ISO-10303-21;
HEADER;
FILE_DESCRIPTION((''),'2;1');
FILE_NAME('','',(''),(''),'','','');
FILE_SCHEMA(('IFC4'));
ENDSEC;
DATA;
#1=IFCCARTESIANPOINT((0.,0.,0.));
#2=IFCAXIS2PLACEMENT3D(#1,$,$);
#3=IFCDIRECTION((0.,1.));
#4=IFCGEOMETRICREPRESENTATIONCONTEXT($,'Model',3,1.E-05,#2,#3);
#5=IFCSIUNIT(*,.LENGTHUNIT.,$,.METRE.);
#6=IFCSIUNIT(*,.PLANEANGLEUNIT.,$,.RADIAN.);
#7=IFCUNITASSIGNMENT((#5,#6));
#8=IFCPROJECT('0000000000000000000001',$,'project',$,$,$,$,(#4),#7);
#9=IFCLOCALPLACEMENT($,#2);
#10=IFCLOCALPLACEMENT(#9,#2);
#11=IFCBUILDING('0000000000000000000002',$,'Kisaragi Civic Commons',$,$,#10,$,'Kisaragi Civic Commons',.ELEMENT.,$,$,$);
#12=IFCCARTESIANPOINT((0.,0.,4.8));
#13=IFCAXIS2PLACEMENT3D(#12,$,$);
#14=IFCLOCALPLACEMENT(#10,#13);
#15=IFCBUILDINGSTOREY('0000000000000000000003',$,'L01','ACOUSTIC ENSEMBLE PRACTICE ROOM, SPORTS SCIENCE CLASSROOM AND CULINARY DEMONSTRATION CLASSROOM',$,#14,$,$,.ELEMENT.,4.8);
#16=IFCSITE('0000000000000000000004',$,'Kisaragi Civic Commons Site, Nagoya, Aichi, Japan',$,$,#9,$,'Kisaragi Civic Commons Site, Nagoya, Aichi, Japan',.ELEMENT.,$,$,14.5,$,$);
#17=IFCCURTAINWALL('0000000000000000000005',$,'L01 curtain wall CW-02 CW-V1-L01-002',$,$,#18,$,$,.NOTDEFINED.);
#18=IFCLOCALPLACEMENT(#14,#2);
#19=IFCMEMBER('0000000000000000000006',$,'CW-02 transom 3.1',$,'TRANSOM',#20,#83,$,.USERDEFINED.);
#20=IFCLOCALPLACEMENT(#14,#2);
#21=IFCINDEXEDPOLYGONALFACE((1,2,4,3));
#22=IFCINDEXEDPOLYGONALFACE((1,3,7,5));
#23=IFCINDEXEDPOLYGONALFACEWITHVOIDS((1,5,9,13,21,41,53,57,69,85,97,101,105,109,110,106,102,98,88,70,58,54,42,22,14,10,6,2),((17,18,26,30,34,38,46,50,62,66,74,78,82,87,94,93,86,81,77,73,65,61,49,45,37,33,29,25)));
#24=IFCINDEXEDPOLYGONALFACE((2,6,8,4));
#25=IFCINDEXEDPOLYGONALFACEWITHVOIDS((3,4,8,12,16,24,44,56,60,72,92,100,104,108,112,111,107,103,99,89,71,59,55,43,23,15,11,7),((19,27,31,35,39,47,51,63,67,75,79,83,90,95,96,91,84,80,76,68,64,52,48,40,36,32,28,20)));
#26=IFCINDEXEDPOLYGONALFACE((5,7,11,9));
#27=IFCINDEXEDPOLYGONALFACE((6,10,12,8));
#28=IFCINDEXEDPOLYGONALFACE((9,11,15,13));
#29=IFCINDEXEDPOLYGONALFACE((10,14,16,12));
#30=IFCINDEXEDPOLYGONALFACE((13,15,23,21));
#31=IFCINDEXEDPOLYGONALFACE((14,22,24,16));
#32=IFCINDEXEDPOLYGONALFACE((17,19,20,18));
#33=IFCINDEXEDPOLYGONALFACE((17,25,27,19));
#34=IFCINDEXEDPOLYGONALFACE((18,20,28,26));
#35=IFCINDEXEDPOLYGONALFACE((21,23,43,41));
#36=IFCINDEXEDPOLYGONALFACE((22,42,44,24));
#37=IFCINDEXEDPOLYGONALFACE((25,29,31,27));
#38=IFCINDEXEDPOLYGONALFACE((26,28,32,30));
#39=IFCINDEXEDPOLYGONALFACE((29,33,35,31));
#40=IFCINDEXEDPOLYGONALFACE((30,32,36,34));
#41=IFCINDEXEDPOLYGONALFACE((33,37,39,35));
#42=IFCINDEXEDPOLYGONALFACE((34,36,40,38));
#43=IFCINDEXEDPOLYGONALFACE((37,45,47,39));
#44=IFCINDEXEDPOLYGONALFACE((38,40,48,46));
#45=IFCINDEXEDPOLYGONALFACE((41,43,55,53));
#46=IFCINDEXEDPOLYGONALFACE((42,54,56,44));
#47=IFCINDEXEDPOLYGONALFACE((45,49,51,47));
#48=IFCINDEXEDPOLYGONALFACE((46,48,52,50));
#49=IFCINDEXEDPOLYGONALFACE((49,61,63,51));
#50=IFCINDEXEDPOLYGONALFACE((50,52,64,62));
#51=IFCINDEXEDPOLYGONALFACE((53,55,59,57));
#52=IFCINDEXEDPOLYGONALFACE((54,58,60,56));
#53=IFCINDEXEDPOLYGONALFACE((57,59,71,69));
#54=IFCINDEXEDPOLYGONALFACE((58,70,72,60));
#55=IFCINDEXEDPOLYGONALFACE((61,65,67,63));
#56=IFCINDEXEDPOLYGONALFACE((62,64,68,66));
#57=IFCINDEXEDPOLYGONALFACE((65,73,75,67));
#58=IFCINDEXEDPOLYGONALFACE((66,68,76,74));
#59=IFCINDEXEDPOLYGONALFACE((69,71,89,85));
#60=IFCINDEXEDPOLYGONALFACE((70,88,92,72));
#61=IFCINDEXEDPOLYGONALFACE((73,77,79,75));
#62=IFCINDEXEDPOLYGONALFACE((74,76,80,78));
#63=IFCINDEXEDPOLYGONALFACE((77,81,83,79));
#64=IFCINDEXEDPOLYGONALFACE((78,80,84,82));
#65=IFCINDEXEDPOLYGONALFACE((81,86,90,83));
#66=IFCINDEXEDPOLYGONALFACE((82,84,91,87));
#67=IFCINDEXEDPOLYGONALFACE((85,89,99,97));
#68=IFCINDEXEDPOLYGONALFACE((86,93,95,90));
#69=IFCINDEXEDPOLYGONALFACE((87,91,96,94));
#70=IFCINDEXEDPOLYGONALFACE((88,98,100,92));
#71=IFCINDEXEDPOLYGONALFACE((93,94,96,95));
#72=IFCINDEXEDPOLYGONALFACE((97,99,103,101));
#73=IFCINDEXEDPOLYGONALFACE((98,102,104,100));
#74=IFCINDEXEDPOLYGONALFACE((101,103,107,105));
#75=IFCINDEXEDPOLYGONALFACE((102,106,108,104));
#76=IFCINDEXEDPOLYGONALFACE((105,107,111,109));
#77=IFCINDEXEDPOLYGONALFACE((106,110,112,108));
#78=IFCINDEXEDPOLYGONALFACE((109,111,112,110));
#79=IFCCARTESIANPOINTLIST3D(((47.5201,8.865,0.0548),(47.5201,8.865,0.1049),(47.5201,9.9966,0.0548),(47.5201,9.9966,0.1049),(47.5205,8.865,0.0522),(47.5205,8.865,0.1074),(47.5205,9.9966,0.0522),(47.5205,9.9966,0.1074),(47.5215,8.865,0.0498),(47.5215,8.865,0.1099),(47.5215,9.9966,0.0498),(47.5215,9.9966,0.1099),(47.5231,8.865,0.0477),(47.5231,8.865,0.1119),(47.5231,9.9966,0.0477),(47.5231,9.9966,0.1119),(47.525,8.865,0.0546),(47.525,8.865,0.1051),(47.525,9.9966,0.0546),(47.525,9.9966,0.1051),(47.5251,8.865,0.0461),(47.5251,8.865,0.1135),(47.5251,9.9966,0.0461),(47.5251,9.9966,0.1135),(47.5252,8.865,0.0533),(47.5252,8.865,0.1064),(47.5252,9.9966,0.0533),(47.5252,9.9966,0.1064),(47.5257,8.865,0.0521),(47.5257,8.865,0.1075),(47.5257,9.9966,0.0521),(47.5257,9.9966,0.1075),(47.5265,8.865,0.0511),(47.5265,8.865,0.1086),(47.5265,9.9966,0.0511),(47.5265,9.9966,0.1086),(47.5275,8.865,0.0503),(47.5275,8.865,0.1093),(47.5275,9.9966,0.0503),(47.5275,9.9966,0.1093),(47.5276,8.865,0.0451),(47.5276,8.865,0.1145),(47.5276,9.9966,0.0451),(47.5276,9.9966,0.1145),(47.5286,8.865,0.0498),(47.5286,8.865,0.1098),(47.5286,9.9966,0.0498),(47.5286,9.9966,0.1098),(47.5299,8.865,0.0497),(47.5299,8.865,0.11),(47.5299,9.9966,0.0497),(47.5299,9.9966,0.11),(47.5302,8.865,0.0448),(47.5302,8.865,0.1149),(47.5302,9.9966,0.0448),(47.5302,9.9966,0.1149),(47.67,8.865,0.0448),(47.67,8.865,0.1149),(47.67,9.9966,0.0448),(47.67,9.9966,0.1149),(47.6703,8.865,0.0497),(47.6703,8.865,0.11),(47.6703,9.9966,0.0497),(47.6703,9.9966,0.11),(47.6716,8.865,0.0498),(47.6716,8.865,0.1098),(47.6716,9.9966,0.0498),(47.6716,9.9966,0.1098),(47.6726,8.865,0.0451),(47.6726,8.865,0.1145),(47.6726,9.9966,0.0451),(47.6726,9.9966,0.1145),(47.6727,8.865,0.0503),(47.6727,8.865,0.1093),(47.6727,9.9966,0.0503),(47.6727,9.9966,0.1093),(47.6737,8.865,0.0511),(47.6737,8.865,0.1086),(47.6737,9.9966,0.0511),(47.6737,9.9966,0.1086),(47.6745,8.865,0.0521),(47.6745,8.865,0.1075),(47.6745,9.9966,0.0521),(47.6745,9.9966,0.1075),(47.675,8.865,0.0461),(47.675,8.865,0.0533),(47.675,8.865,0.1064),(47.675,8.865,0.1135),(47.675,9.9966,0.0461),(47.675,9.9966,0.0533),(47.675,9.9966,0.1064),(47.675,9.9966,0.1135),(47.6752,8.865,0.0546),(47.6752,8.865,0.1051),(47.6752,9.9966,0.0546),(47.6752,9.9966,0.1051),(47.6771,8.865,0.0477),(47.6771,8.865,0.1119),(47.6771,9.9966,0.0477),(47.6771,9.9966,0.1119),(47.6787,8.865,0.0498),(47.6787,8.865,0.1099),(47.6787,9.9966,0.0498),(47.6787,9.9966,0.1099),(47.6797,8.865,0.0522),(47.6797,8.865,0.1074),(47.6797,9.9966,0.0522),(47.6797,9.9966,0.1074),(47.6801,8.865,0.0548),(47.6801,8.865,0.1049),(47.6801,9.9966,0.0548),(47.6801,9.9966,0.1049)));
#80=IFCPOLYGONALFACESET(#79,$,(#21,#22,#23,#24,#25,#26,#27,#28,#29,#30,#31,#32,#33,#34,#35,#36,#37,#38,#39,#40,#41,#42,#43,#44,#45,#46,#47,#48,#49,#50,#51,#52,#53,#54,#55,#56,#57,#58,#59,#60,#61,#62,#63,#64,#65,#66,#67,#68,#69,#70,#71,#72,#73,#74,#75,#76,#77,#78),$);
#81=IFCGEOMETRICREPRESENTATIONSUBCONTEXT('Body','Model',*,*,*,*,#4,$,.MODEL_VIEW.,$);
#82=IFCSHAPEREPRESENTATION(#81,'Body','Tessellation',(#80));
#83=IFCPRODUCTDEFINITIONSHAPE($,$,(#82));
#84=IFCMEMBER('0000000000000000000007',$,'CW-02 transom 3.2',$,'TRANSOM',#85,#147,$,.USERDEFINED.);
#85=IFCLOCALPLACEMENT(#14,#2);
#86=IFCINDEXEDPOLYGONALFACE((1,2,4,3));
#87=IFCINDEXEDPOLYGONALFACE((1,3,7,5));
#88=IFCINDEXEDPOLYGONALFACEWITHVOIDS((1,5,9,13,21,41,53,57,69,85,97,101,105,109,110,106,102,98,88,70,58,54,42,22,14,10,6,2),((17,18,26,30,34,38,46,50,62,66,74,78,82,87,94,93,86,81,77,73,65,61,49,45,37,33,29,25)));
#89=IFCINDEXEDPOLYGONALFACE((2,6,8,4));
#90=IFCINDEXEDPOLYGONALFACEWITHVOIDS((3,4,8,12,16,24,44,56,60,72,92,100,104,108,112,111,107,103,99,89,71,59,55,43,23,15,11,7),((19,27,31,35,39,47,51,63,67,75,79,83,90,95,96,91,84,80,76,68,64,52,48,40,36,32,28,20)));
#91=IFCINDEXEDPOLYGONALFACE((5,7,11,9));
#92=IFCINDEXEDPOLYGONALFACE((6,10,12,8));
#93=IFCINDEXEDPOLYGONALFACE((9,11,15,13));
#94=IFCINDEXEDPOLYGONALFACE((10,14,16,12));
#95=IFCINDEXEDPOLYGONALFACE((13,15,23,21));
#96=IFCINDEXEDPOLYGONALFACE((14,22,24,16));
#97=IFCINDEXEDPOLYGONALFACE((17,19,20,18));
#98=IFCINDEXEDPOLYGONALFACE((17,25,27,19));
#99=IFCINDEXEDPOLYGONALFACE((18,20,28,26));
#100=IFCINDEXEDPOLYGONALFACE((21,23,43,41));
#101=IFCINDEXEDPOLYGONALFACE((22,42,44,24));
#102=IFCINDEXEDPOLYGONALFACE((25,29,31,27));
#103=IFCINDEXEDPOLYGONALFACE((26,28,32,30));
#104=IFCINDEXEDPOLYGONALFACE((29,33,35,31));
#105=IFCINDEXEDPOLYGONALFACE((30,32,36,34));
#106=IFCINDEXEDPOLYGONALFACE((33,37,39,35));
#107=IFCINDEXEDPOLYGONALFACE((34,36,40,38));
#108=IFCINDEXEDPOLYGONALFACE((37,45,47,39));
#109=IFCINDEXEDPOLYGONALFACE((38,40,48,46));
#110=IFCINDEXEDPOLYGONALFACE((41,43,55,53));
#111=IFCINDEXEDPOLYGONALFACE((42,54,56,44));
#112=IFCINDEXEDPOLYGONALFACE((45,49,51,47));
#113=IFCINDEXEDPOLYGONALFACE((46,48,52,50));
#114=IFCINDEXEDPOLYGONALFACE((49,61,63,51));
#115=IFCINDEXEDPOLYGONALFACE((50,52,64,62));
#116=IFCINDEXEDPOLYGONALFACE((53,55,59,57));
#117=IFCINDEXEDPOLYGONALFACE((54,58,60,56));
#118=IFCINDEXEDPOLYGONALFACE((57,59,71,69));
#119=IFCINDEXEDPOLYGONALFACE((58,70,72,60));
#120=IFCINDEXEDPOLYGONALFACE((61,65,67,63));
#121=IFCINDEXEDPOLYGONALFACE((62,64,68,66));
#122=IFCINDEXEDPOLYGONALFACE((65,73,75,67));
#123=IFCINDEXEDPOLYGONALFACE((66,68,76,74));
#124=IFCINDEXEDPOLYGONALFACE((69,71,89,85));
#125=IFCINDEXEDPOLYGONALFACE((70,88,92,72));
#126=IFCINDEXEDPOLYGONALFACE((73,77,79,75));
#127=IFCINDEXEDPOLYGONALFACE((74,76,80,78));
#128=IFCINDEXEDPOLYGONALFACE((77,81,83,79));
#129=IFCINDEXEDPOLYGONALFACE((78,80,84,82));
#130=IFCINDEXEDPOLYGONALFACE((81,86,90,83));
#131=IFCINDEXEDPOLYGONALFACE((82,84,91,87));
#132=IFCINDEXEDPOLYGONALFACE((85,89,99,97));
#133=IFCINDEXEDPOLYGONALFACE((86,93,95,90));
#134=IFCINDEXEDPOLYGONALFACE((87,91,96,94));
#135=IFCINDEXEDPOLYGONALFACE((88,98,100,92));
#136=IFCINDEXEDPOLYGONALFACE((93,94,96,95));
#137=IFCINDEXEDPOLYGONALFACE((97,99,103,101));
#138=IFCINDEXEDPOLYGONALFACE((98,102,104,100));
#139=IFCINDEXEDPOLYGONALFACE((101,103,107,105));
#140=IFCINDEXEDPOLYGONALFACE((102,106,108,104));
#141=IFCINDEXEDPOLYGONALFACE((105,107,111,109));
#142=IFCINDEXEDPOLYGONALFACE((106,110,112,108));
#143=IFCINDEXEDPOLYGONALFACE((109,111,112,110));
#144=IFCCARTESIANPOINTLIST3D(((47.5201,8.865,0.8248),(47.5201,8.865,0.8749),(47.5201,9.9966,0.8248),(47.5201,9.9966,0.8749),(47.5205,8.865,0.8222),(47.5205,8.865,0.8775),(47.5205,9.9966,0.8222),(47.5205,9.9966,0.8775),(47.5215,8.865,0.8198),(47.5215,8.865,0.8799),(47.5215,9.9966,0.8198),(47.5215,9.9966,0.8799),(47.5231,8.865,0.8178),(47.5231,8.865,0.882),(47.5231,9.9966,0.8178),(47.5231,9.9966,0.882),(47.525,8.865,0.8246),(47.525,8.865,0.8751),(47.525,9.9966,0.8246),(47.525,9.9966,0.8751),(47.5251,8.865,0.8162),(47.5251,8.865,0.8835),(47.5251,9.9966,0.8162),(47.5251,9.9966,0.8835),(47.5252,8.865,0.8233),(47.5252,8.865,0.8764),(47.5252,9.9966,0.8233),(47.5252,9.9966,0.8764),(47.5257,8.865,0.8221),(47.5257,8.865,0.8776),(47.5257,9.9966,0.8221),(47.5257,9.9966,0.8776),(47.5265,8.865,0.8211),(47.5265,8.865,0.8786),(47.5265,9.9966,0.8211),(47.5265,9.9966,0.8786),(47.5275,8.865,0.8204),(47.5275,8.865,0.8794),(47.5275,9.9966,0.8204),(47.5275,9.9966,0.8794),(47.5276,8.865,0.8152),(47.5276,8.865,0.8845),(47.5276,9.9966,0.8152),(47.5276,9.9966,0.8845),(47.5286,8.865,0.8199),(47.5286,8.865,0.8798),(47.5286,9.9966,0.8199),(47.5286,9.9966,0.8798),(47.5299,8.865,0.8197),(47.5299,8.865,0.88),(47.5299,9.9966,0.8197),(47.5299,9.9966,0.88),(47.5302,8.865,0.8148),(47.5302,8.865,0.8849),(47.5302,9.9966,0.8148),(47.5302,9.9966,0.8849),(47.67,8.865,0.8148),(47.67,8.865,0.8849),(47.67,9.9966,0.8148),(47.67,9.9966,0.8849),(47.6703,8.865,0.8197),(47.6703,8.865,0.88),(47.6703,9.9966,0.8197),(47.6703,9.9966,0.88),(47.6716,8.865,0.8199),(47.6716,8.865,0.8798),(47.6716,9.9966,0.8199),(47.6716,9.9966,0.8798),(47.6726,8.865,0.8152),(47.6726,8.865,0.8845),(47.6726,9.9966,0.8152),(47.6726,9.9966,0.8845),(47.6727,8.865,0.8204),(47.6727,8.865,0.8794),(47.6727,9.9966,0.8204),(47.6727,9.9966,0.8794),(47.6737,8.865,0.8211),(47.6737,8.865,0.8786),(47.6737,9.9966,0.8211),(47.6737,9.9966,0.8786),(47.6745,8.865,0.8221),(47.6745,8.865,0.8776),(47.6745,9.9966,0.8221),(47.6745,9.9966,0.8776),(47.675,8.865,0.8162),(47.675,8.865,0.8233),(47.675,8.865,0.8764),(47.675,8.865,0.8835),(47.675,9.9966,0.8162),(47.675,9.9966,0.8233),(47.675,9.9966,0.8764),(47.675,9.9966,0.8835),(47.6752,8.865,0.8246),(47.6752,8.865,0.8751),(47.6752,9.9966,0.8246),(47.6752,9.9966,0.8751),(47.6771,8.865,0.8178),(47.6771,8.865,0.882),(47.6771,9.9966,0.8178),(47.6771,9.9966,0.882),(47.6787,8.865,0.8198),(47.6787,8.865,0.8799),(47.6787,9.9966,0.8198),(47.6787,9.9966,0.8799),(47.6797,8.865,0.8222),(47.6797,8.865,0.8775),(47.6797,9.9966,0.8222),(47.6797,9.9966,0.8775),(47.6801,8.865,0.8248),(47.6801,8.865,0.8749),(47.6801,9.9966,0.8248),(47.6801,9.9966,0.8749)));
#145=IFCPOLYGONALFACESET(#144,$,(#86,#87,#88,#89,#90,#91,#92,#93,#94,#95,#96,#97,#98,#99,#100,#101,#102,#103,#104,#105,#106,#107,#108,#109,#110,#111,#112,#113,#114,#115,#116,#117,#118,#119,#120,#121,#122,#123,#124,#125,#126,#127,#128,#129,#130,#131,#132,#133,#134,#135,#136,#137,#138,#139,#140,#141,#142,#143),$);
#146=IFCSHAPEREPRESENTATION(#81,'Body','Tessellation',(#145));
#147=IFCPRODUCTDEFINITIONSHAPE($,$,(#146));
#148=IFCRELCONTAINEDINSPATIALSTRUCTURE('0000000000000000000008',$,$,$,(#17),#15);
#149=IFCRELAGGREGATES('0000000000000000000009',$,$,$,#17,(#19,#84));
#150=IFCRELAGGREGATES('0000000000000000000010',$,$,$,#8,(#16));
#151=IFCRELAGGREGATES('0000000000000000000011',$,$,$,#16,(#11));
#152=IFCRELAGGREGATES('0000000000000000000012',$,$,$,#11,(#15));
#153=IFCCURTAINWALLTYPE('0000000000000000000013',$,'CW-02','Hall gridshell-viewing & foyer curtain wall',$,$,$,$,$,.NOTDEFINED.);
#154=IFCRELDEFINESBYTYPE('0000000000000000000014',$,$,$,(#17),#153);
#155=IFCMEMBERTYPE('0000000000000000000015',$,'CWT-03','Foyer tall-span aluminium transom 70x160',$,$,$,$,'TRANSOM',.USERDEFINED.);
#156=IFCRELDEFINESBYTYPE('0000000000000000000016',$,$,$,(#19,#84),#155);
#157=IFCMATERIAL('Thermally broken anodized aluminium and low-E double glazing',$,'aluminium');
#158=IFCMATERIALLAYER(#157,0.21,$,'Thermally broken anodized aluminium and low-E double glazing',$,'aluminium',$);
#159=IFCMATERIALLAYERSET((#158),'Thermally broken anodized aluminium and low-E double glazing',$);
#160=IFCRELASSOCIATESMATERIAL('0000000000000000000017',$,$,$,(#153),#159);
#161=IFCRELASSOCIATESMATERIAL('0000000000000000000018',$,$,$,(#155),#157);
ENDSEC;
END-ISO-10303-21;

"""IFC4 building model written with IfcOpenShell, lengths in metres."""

from ifc_helpers import new_model, si_unit, direction, frame, origin, origin_2d, place, context, subcontext, project, spatial, hollow_rectangle, extrude, material, layer, layer_set, material_profile, profile_set, type_object, element, aggregate, save


model = new_model("IFC4")

# Units and contexts
model_context = context("Model", 3, precision=1e-05, world=origin(), true_north=direction((0.0, 1.0)))
body_context = subcontext(model_context, "Body", "Model", "MODEL_VIEW")
ifc_project = project(units=[si_unit("LENGTHUNIT", "METRE"), si_unit("PLANEANGLEUNIT", "RADIAN")], contexts=[model_context])

# Site, building, storey
site_placement = place(None, origin())
site = spatial("IfcSite", under=ifc_project, at=site_placement, Name="Kisaragi Civic Commons Site, Nagoya, Aichi, Japan", LongName="Kisaragi Civic Commons Site, Nagoya, Aichi, Japan", CompositionType="ELEMENT", RefElevation=14.5)
building_placement = place(site_placement, origin())
building = spatial("IfcBuilding", under=site, at=building_placement, Name="Kisaragi Civic Commons", LongName="Kisaragi Civic Commons", CompositionType="ELEMENT")
storey_placement = place(building_placement, frame((0.0, 0.0, 4.8)))
storey = spatial("IfcBuildingStorey", under=building, at=storey_placement, Name="L01", Description="ACOUSTIC ENSEMBLE PRACTICE ROOM, SPORTS SCIENCE CLASSROOM AND CULINARY DEMONSTRATION CLASSROOM", CompositionType="ELEMENT", Elevation=4.8)

# Curtain wall, members
ifc_material_1 = material(Name="Thermally broken anodized aluminium and low-E double glazing", Category="aluminium")
ifc_layer_1 = layer(ifc_material_1, 0.21, Name="Thermally broken anodized aluminium and low-E double glazing", Category="aluminium")
ifc_layer_set_1 = layer_set([ifc_layer_1], Name="Thermally broken anodized aluminium and low-E double glazing")
curtain_wall_type = type_object("IfcCurtainWallType", Name="CW-02", Description="Hall gridshell-viewing & foyer curtain wall", PredefinedType="NOTDEFINED", material=ifc_layer_set_1)
curtain_wall_placement = place(storey_placement, origin())
curtain_wall = element("IfcCurtainWall", 1, at=curtain_wall_placement, inside=storey, type_object=curtain_wall_type, Name="L01 curtain wall CW-02 CW-V1-L01-002", PredefinedType="NOTDEFINED")
ifc_material_profile_1 = material_profile(ifc_material_1, hollow_rectangle(XDim=0.1599, YDim=0.0701, WallThickness=0.0049, InnerFilletRadius=0.0049, OuterFilletRadius=0.01, at=origin_2d()), Name="CWT-70x160x5", Category="aluminium")
ifc_profile_set_1 = profile_set([ifc_material_profile_1], Name="Thermally broken anodized aluminium and low-E double glazing")
member_type_1 = type_object("IfcMemberType", Name="CWT-03", Description="Foyer tall-span aluminium transom 70x160", ElementType="TRANSOM", PredefinedType="USERDEFINED", material=ifc_profile_set_1)
member_1_placement = place(storey_placement, frame((47.6001, 9.9966, 0.0798), z_axis=(0.0, -1.0, 0.0), x_axis=(1.0, 0.0, 0.0)))
member_1 = element("IfcMember", 2, at=member_1_placement, type_object=member_type_1, Name="CW-02 transom 3.1", ObjectType="TRANSOM", PredefinedType="USERDEFINED", context=body_context, shape_type="SweptSolid", body=[
    extrude(hollow_rectangle(XDim=0.1599, YDim=0.0701, WallThickness=0.0049, InnerFilletRadius=0.0049, OuterFilletRadius=0.01, at=origin_2d()), origin(), (0.0, 0.0, 1.0), 1.1316),
])
member_2_placement = place(storey_placement, frame((47.6001, 9.9966, 0.8499), z_axis=(0.0, -1.0, 0.0), x_axis=(1.0, 0.0, 0.0)))
member_2 = element("IfcMember", 3, at=member_2_placement, type_object=member_type_1, Name="CW-02 transom 3.2", ObjectType="TRANSOM", PredefinedType="USERDEFINED", context=body_context, shape_type="SweptSolid", body=[
    extrude(hollow_rectangle(XDim=0.1599, YDim=0.0701, WallThickness=0.0049, InnerFilletRadius=0.0049, OuterFilletRadius=0.01, at=origin_2d()), origin(), (0.0, 0.0, 1.0), 1.1316),
])

aggregate(curtain_wall, [member_1, member_2])

save(model, "model.ifc")
